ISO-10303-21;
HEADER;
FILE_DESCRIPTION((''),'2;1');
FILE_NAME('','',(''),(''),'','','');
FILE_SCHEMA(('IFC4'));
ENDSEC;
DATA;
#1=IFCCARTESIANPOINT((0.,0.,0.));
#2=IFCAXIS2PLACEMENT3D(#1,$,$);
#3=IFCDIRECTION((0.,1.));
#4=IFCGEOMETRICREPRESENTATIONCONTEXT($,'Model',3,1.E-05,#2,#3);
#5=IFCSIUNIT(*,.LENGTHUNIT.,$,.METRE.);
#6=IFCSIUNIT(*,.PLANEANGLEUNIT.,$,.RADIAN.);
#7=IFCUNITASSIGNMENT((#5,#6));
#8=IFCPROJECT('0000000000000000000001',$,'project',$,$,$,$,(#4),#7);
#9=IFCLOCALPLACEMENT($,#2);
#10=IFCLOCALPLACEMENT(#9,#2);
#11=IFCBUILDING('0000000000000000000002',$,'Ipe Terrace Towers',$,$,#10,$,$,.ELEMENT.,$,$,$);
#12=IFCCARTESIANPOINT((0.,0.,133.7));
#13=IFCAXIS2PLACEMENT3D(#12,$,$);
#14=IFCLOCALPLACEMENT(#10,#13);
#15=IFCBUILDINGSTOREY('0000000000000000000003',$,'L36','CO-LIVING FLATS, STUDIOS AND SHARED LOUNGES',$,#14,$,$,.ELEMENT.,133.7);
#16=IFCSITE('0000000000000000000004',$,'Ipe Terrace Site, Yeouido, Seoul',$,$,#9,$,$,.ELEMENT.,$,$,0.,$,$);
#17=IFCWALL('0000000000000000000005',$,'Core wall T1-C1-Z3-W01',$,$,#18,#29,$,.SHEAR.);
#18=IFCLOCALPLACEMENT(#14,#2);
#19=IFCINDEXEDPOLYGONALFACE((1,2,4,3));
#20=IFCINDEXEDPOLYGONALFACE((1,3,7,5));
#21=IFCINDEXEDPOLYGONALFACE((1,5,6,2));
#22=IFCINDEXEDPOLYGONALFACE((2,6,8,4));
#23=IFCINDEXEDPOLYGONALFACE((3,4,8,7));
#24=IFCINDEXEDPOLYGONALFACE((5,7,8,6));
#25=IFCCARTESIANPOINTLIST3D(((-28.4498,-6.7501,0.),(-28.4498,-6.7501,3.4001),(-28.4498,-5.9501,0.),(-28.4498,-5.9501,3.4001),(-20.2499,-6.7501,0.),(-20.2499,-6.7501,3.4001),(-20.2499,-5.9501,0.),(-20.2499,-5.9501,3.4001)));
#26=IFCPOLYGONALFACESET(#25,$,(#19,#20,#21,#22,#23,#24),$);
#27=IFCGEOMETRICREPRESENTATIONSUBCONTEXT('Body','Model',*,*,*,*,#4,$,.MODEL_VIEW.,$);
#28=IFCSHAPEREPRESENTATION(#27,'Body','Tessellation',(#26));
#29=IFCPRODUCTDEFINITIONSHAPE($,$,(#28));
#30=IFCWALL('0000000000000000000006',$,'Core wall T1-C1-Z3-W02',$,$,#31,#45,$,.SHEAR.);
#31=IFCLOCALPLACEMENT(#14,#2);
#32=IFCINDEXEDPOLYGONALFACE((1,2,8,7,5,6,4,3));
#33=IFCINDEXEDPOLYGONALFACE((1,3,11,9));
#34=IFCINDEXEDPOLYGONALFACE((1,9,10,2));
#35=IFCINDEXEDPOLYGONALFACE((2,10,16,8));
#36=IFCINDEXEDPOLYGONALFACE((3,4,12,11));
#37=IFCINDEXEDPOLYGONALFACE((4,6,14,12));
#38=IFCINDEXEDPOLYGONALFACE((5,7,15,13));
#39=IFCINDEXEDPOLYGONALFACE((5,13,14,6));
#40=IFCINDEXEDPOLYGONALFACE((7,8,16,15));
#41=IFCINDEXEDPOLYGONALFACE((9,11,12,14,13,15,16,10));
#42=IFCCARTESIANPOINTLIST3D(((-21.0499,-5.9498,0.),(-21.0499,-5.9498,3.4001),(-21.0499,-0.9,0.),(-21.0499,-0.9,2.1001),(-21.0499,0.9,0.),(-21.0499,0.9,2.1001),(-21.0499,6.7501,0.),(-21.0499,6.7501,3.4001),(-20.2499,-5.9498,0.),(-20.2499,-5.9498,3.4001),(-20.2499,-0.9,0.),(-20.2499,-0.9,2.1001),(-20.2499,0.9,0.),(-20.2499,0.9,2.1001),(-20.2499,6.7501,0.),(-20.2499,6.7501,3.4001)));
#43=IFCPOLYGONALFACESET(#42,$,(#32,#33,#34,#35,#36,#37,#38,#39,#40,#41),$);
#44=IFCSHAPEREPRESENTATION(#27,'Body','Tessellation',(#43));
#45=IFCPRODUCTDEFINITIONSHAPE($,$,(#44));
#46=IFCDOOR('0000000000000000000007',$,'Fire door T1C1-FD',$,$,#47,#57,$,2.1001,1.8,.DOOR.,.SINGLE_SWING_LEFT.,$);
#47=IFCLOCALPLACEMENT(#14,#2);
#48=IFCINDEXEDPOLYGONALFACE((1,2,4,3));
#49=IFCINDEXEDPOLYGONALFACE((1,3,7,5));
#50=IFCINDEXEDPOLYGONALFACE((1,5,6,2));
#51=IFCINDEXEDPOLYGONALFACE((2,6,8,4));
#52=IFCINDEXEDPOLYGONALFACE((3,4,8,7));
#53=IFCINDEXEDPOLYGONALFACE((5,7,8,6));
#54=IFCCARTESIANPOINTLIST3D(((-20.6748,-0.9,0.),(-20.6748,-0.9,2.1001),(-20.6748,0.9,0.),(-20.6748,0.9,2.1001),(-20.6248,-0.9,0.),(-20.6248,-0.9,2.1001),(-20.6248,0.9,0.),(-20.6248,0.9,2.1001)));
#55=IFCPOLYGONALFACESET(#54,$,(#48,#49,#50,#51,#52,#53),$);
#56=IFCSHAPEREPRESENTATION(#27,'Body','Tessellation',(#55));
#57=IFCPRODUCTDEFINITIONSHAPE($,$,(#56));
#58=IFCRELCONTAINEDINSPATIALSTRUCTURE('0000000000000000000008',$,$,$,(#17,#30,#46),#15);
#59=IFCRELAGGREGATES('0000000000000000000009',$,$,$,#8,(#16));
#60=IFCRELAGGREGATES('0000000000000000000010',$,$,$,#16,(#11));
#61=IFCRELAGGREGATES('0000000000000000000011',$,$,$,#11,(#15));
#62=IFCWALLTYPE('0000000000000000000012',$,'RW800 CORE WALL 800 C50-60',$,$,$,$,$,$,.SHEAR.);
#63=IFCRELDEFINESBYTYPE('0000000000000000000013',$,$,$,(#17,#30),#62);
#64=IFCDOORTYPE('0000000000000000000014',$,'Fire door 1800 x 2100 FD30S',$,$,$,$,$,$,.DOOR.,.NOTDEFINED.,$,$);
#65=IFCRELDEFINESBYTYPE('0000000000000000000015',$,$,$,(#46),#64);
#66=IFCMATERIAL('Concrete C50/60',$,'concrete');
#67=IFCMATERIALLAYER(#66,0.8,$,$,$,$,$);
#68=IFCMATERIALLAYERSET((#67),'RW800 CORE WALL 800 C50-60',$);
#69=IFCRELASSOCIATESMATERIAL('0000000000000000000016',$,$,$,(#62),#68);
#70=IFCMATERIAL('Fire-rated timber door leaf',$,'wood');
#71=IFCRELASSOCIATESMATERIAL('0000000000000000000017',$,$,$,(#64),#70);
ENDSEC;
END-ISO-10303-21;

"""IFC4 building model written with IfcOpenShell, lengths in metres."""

from ifc_helpers import new_model, si_unit, direction, frame, frame_2d, origin, place, context, subcontext, project, spatial, rectangle, extrude, material, layer, layer_set, type_object, element, fill, save


model = new_model("IFC4")

# Units and contexts
model_context = context("Model", 3, precision=1e-05, world=origin(), true_north=direction((0.0, 1.0)))
body_context = subcontext(model_context, "Body", "Model", "MODEL_VIEW")
ifc_project = project(units=[si_unit("LENGTHUNIT", "METRE"), si_unit("PLANEANGLEUNIT", "RADIAN")], contexts=[model_context])

# Site, building, storey
site_placement = place(None, origin())
site = spatial("IfcSite", under=ifc_project, at=site_placement, Name="Ipe Terrace Site, Yeouido, Seoul", CompositionType="ELEMENT", RefElevation=0.0)
building_placement = place(site_placement, origin())
building = spatial("IfcBuilding", under=site, at=building_placement, Name="Ipe Terrace Towers", CompositionType="ELEMENT")
storey_placement = place(building_placement, frame((0.0, 0.0, 133.7)))
storey = spatial("IfcBuildingStorey", under=building, at=storey_placement, Name="L36", Description="CO-LIVING FLATS, STUDIOS AND SHARED LOUNGES", CompositionType="ELEMENT", Elevation=133.7)

# Wall
ifc_material_1 = material(Name="Concrete C50/60", Category="concrete")
ifc_layer_1 = layer(ifc_material_1, 0.8)
ifc_layer_set_1 = layer_set([ifc_layer_1], Name="RW800 CORE WALL 800 C50-60")
wall_type_1 = type_object("IfcWallType", Name="RW800 CORE WALL 800 C50-60", PredefinedType="SHEAR", material=ifc_layer_set_1)
wall_1_placement = place(storey_placement, frame((-28.45, -6.3501, 0.0), z_axis=(0.0, 0.0, 1.0), x_axis=(1.0, 0.0, 0.0)))
element("IfcWall", 1, at=wall_1_placement, inside=storey, type_object=wall_type_1, Name="Core wall T1-C1-Z3-W01", PredefinedType="SHEAR", context=body_context, shape_type="SweptSolid", body=[
    extrude(rectangle(XDim=8.2, YDim=0.8, at=frame_2d((4.1001, 0.0))), origin(), (0.0, 0.0, 1.0), 3.4001),
])

# Wall, opening, door
wall_2_placement = place(storey_placement, frame((-20.6499, -5.95, 0.0), z_axis=(0.0, 0.0, 1.0), x_axis=(0.0, 1.0, 0.0)))
wall_2 = element("IfcWall", 2, at=wall_2_placement, inside=storey, type_object=wall_type_1, Name="Core wall T1-C1-Z3-W02", PredefinedType="SHEAR", context=body_context, shape_type="SweptSolid", body=[
    extrude(rectangle(XDim=12.7, YDim=0.8, at=frame_2d((6.3501, 0.0))), origin(), (0.0, 0.0, 1.0), 3.4001),
])
opening_1_placement = place(wall_2_placement, frame((5.05, 0.0, 0.0)))
opening_1 = element("IfcOpeningElement", 3, at=opening_1_placement, cuts=wall_2, PredefinedType="OPENING", context=body_context, shape_type="SweptSolid", body=[
    extrude(rectangle(XDim=1.8, YDim=2.1001, at=frame_2d((0.8999, 1.05))), frame((0.0, 0.4102, 0.0), z_axis=(0.0, -1.0, 0.0), x_axis=(1.0, 0.0, 0.0)), (0.0, 0.0, 1.0), 0.8201),
])
ifc_material_2 = material(Name="Fire-rated timber door leaf", Category="wood")
door_type_1 = type_object("IfcDoorType", Name="Fire door 1800 x 2100 FD30S", OperationType="NOTDEFINED", PredefinedType="DOOR", material=ifc_material_2)
door_1_placement = place(opening_1_placement, origin())
door_1 = element("IfcDoor", 4, at=door_1_placement, inside=storey, type_object=door_type_1, Name="Fire door T1C1-FD", OperationType="SINGLE_SWING_LEFT", OverallHeight=2.1001, OverallWidth=1.8, PredefinedType="DOOR", context=body_context, shape_type="SweptSolid", body=[
    extrude(rectangle(XDim=1.8, YDim=2.1001, at=frame_2d((0.8999, 1.05))), frame((0.0, 0.0249, 0.0), z_axis=(0.0, -1.0, 0.0), x_axis=(1.0, 0.0, 0.0)), (0.0, 0.0, 1.0), 0.05),
])
fill(opening_1, door_1)

save(model, "model.ifc")
